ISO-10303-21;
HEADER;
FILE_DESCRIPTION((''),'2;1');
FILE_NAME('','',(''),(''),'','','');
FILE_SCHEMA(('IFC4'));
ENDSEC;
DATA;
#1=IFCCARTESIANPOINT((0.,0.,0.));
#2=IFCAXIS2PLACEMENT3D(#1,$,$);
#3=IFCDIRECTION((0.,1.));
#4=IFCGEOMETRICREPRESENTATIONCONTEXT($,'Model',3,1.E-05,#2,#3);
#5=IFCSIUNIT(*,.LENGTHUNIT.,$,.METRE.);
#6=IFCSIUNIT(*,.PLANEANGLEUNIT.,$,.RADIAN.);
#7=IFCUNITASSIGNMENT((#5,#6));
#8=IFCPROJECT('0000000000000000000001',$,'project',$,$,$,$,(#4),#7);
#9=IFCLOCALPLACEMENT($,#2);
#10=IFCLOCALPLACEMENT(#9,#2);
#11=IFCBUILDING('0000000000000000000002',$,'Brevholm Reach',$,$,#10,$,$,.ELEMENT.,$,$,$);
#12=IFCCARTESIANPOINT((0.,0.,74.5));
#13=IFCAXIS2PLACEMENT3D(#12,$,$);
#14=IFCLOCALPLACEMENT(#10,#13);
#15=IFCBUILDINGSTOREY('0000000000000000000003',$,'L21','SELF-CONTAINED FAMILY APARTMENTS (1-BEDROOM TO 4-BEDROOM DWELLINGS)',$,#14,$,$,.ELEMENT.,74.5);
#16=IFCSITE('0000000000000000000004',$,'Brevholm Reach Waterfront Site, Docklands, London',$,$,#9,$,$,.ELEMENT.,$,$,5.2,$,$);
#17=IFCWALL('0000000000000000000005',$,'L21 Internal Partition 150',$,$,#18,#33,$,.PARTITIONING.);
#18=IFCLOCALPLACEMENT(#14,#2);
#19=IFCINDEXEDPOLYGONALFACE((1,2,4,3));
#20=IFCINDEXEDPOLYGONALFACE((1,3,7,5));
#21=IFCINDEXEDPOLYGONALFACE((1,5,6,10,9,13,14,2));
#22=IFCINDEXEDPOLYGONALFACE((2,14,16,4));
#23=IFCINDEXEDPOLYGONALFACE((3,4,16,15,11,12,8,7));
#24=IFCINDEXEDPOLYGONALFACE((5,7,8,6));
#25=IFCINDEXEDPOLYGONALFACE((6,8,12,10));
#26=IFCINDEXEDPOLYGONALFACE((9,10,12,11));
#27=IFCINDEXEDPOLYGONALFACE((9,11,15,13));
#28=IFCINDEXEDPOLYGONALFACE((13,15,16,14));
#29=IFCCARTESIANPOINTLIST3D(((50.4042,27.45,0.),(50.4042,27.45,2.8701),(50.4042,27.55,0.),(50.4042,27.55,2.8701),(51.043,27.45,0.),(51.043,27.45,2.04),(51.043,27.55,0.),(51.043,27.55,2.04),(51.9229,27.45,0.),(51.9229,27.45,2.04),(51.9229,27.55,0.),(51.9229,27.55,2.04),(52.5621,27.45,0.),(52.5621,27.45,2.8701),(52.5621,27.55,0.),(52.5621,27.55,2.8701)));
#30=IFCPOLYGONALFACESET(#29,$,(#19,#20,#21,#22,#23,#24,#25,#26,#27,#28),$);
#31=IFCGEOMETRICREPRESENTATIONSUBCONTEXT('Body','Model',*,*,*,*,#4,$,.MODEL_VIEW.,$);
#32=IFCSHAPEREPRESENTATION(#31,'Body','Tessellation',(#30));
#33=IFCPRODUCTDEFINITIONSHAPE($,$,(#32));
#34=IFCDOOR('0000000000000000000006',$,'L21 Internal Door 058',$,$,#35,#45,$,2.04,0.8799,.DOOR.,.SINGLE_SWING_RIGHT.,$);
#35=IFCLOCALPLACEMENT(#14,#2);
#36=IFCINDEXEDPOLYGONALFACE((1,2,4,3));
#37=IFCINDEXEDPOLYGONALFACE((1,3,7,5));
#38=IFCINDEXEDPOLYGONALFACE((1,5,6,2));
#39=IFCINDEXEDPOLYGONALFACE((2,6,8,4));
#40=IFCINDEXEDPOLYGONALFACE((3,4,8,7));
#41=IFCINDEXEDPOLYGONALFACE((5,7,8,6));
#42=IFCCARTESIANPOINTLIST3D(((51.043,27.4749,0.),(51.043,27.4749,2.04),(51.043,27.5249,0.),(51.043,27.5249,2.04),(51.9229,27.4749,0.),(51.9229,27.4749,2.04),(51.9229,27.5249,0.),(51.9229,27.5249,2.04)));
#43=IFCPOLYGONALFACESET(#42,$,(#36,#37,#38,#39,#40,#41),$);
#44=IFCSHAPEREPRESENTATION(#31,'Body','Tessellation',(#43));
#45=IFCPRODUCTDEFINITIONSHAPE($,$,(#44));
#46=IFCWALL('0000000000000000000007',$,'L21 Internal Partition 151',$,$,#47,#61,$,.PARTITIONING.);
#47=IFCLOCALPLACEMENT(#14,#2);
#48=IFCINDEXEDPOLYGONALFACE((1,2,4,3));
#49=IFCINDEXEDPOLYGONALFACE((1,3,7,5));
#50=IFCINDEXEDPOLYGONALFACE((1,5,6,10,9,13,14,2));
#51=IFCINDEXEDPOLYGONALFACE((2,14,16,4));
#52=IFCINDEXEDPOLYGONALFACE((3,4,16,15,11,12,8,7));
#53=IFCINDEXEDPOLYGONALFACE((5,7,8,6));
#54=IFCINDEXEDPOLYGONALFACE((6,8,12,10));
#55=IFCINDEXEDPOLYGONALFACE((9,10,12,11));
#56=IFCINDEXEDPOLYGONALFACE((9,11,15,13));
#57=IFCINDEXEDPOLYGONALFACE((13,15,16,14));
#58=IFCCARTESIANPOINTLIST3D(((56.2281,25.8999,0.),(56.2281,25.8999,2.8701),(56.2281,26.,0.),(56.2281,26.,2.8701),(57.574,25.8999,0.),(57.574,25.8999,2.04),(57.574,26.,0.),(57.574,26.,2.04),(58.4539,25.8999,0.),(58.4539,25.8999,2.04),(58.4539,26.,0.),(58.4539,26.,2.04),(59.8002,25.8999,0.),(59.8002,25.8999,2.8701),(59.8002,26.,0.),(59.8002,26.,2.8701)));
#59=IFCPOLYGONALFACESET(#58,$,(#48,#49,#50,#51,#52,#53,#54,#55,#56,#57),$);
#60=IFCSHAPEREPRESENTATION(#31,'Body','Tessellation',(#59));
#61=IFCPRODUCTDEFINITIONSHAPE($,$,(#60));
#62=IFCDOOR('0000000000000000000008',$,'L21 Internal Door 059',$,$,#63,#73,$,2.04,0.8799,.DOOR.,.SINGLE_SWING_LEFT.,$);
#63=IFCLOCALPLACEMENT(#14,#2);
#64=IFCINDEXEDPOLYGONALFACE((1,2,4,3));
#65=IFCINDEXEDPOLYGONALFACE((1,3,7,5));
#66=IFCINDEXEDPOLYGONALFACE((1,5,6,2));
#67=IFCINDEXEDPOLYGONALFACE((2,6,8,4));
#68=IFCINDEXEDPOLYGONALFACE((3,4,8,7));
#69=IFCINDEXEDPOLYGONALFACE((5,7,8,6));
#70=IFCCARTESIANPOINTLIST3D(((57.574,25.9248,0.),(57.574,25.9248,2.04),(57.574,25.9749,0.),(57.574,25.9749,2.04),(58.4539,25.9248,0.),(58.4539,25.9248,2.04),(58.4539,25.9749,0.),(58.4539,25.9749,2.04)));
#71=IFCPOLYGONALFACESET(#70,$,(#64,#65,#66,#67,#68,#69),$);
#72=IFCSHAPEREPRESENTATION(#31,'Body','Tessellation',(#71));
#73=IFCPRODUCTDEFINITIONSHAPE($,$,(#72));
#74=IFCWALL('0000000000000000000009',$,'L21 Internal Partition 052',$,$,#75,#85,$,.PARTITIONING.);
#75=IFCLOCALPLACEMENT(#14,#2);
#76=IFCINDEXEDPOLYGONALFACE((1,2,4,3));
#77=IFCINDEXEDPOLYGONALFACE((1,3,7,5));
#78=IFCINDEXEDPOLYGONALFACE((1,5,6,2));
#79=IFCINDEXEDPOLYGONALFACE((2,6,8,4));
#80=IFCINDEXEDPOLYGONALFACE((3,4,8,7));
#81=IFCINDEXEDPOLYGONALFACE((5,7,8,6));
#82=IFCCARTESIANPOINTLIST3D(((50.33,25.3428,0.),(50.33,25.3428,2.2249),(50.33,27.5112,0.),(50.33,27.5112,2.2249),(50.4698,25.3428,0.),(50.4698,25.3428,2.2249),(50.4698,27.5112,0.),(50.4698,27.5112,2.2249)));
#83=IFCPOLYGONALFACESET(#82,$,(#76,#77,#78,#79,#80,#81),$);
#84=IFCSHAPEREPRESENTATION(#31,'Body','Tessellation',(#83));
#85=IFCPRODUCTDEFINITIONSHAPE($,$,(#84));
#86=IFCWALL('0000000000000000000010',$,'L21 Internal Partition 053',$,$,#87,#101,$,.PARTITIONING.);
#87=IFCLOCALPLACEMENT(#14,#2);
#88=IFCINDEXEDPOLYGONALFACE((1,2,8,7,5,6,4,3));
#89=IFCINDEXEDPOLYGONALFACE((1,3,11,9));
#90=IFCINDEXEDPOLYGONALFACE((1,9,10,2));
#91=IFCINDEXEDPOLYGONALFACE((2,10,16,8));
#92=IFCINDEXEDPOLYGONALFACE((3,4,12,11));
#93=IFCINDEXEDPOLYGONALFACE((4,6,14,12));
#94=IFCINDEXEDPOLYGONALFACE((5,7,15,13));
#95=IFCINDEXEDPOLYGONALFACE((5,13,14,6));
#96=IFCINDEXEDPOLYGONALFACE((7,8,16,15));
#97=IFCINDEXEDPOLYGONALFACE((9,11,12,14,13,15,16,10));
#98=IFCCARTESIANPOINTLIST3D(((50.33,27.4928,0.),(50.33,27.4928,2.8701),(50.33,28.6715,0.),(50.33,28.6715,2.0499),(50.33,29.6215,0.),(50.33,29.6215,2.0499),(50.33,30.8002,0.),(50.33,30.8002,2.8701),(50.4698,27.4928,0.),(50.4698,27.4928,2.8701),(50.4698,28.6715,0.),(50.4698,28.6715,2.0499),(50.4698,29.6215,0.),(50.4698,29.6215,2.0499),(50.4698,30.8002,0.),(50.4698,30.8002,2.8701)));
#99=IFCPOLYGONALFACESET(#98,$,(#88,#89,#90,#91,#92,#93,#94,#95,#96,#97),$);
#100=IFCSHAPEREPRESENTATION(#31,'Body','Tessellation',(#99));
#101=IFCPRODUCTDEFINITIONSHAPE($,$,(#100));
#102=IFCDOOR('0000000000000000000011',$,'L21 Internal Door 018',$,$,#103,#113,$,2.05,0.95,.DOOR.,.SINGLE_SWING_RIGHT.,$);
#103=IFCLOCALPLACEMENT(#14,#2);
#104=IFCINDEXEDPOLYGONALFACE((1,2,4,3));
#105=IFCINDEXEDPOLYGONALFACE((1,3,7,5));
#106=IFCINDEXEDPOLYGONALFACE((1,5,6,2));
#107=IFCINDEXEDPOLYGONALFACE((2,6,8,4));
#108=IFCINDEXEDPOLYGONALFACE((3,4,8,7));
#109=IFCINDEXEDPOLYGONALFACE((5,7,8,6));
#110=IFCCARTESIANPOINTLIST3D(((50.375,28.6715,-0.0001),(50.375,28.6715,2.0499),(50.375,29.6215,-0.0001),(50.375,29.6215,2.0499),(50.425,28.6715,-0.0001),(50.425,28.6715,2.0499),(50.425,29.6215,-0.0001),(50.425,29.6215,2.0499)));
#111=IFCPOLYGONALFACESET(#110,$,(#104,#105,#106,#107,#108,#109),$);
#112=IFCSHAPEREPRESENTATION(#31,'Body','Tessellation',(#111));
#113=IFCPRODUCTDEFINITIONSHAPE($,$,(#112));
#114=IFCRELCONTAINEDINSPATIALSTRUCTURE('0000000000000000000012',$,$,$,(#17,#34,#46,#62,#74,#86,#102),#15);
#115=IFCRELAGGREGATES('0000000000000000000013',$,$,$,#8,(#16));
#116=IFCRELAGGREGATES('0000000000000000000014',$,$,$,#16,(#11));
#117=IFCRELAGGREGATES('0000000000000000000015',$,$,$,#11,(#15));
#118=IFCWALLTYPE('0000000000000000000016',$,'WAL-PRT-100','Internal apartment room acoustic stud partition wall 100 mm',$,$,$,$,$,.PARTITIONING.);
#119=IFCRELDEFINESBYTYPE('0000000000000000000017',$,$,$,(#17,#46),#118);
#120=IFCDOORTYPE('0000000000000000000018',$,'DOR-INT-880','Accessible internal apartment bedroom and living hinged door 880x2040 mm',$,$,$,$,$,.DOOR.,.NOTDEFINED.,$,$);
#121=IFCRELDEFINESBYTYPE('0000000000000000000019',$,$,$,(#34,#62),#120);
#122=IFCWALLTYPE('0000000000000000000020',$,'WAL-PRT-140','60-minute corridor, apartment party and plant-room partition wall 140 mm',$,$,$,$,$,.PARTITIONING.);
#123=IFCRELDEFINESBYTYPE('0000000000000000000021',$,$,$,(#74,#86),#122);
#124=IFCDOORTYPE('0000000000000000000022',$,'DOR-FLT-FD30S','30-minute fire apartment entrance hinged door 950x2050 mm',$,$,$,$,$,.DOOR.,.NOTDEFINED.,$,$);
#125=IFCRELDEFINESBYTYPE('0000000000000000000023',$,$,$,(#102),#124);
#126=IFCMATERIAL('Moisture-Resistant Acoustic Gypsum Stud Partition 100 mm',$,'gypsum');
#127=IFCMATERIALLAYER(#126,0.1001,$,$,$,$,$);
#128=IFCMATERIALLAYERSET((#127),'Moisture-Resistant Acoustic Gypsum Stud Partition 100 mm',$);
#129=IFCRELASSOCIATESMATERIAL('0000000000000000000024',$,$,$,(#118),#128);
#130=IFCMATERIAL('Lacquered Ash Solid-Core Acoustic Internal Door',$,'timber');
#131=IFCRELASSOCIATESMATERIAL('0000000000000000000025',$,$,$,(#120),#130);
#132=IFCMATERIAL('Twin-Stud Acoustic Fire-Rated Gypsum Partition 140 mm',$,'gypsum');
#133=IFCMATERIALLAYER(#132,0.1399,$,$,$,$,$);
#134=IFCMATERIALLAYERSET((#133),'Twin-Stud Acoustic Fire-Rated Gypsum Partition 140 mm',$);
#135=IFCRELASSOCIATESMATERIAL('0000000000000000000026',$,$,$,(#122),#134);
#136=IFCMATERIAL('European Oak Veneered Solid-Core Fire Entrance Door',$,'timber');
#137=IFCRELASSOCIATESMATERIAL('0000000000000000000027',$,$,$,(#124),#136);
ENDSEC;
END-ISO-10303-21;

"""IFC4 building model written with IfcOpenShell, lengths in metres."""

from ifc_helpers import new_model, si_unit, direction, frame, frame_2d, origin, place, context, subcontext, project, spatial, rectangle, extrude, material, layer, layer_set, type_object, element, fill, save


model = new_model("IFC4")

# Units and contexts
model_context = context("Model", 3, precision=1e-05, world=origin(), true_north=direction((0.0, 1.0)))
body_context = subcontext(model_context, "Body", "Model", "MODEL_VIEW")
ifc_project = project(units=[si_unit("LENGTHUNIT", "METRE"), si_unit("PLANEANGLEUNIT", "RADIAN")], contexts=[model_context])

# Site, building, storey
site_placement = place(None, origin())
site = spatial("IfcSite", under=ifc_project, at=site_placement, Name="Brevholm Reach Waterfront Site, Docklands, London", CompositionType="ELEMENT", RefElevation=5.2)
building_placement = place(site_placement, origin())
building = spatial("IfcBuilding", under=site, at=building_placement, Name="Brevholm Reach", CompositionType="ELEMENT")
storey_placement = place(building_placement, frame((0.0, 0.0, 74.5)))
storey = spatial("IfcBuildingStorey", under=building, at=storey_placement, Name="L21", Description="SELF-CONTAINED FAMILY APARTMENTS (1-BEDROOM TO 4-BEDROOM DWELLINGS)", CompositionType="ELEMENT", Elevation=74.5)

# Shared definitions
ifc_material_1 = material(Name="Moisture-Resistant Acoustic Gypsum Stud Partition 100 mm", Category="gypsum")
ifc_layer_1 = layer(ifc_material_1, 0.1001)
ifc_layer_set_1 = layer_set([ifc_layer_1], Name="Moisture-Resistant Acoustic Gypsum Stud Partition 100 mm")
wall_type_1 = type_object("IfcWallType", Name="WAL-PRT-100", Description="Internal apartment room acoustic stud partition wall 100 mm", PredefinedType="PARTITIONING", material=ifc_layer_set_1)

# Walls, openings, doors
wall_1_placement = place(storey_placement, frame((50.4041, 27.5, 0.0), z_axis=(0.0, 0.0, 1.0), x_axis=(1.0, 0.0, 0.0)))
wall_1 = element("IfcWall", 1, at=wall_1_placement, inside=storey, type_object=wall_type_1, Name="L21 Internal Partition 150", PredefinedType="PARTITIONING", context=body_context, shape_type="SweptSolid", body=[
    extrude(rectangle(XDim=2.158, YDim=0.1001, at=frame_2d((1.0791, 0.0))), origin(), (0.0, 0.0, 1.0), 2.8701),
])
opening_1_placement = place(wall_1_placement, frame((0.6389, 0.0, 0.0)))
opening_1 = element("IfcOpeningElement", 2, at=opening_1_placement, cuts=wall_1, PredefinedType="OPENING", context=body_context, shape_type="SweptSolid", body=[
    extrude(rectangle(XDim=0.8799, YDim=2.04, at=frame_2d((0.4399, 1.02))), frame((0.0, 0.0601, 0.0), z_axis=(0.0, -1.0, 0.0), x_axis=(1.0, 0.0, 0.0)), (0.0, 0.0, 1.0), 0.1201),
])
ifc_material_2 = material(Name="Lacquered Ash Solid-Core Acoustic Internal Door", Category="timber")
door_type_1 = type_object("IfcDoorType", Name="DOR-INT-880", Description="Accessible internal apartment bedroom and living hinged door 880x2040 mm", OperationType="NOTDEFINED", PredefinedType="DOOR", material=ifc_material_2)
door_1_placement = place(opening_1_placement, origin())
door_1 = element("IfcDoor", 3, at=door_1_placement, inside=storey, type_object=door_type_1, Name="L21 Internal Door 058", OperationType="SINGLE_SWING_RIGHT", OverallHeight=2.04, OverallWidth=0.8799, PredefinedType="DOOR", context=body_context, shape_type="SweptSolid", body=[
    extrude(rectangle(XDim=0.8799, YDim=2.04, at=frame_2d((0.4399, 1.02))), frame((0.0, 0.0249, 0.0), z_axis=(0.0, -1.0, 0.0), x_axis=(1.0, 0.0, 0.0)), (0.0, 0.0, 1.0), 0.05),
])
fill(opening_1, door_1)
wall_2_placement = place(storey_placement, frame((56.228, 25.95, 0.0), z_axis=(0.0, 0.0, 1.0), x_axis=(1.0, 0.0, 0.0)))
wall_2 = element("IfcWall", 4, at=wall_2_placement, inside=storey, type_object=wall_type_1, Name="L21 Internal Partition 151", PredefinedType="PARTITIONING", context=body_context, shape_type="SweptSolid", body=[
    extrude(rectangle(XDim=3.572, YDim=0.1001, at=frame_2d((1.7861, 0.0))), origin(), (0.0, 0.0, 1.0), 2.8701),
])
opening_2_placement = place(wall_2_placement, frame((1.3459, 0.0, 0.0)))
opening_2 = element("IfcOpeningElement", 5, at=opening_2_placement, cuts=wall_2, PredefinedType="OPENING", context=body_context, shape_type="SweptSolid", body=[
    extrude(rectangle(XDim=0.8799, YDim=2.04, at=frame_2d((0.4399, 1.02))), frame((0.0, 0.0601, 0.0), z_axis=(0.0, -1.0, 0.0), x_axis=(1.0, 0.0, 0.0)), (0.0, 0.0, 1.0), 0.1201),
])
door_2_placement = place(opening_2_placement, origin())
door_2 = element("IfcDoor", 6, at=door_2_placement, inside=storey, type_object=door_type_1, Name="L21 Internal Door 059", OperationType="SINGLE_SWING_LEFT", OverallHeight=2.04, OverallWidth=0.8799, PredefinedType="DOOR", context=body_context, shape_type="SweptSolid", body=[
    extrude(rectangle(XDim=0.8799, YDim=2.04, at=frame_2d((0.4399, 1.02))), frame((0.0, 0.0249, 0.0), z_axis=(0.0, -1.0, 0.0), x_axis=(1.0, 0.0, 0.0)), (0.0, 0.0, 1.0), 0.05),
])
fill(opening_2, door_2)

# Wall
ifc_material_3 = material(Name="Twin-Stud Acoustic Fire-Rated Gypsum Partition 140 mm", Category="gypsum")
ifc_layer_2 = layer(ifc_material_3, 0.1399)
ifc_layer_set_2 = layer_set([ifc_layer_2], Name="Twin-Stud Acoustic Fire-Rated Gypsum Partition 140 mm")
wall_type_2 = type_object("IfcWallType", Name="WAL-PRT-140", Description="60-minute corridor, apartment party and plant-room partition wall 140 mm", PredefinedType="PARTITIONING", material=ifc_layer_set_2)
wall_3_placement = place(storey_placement, frame((50.3999, 25.3428, 0.0), z_axis=(0.0, 0.0, 1.0), x_axis=(0.0, 1.0, 0.0)))
element("IfcWall", 7, at=wall_3_placement, inside=storey, type_object=wall_type_2, Name="L21 Internal Partition 052", PredefinedType="PARTITIONING", context=body_context, shape_type="SweptSolid", body=[
    extrude(rectangle(XDim=2.1685, YDim=0.1399, at=frame_2d((1.0842, 0.0))), origin(), (0.0, 0.0, 1.0), 2.2249),
])

# Wall, opening, door
wall_4_placement = place(storey_placement, frame((50.3999, 27.4927, 0.0), z_axis=(0.0, 0.0, 1.0), x_axis=(0.0, 1.0, 0.0)))
wall_4 = element("IfcWall", 8, at=wall_4_placement, inside=storey, type_object=wall_type_2, Name="L21 Internal Partition 053", PredefinedType="PARTITIONING", context=body_context, shape_type="SweptSolid", body=[
    extrude(rectangle(XDim=3.3074, YDim=0.1399, at=frame_2d((1.6538, 0.0))), origin(), (0.0, 0.0, 1.0), 2.8701),
])
opening_3_placement = place(wall_4_placement, frame((1.1787, 0.0, 0.0)))
opening_3 = element("IfcOpeningElement", 9, at=opening_3_placement, cuts=wall_4, PredefinedType="OPENING", context=body_context, shape_type="SweptSolid", body=[
    extrude(rectangle(XDim=0.95, YDim=2.05, at=frame_2d((0.4751, 1.0249))), frame((0.0, 0.0798, 0.0), z_axis=(0.0, -1.0, 0.0), x_axis=(1.0, 0.0, 0.0)), (0.0, 0.0, 1.0), 0.1599),
])
ifc_material_4 = material(Name="European Oak Veneered Solid-Core Fire Entrance Door", Category="timber")
door_type_2 = type_object("IfcDoorType", Name="DOR-FLT-FD30S", Description="30-minute fire apartment entrance hinged door 950x2050 mm", OperationType="NOTDEFINED", PredefinedType="DOOR", material=ifc_material_4)
door_3_placement = place(opening_3_placement, origin())
door_3 = element("IfcDoor", 10, at=door_3_placement, inside=storey, type_object=door_type_2, Name="L21 Internal Door 018", OperationType="SINGLE_SWING_RIGHT", OverallHeight=2.05, OverallWidth=0.95, PredefinedType="DOOR", context=body_context, shape_type="SweptSolid", body=[
    extrude(rectangle(XDim=0.95, YDim=2.05, at=frame_2d((0.4751, 1.0249))), frame((0.0, 0.0249, 0.0), z_axis=(0.0, -1.0, 0.0), x_axis=(1.0, 0.0, 0.0)), (0.0, 0.0, 1.0), 0.05),
])
fill(opening_3, door_3)

save(model, "model.ifc")
